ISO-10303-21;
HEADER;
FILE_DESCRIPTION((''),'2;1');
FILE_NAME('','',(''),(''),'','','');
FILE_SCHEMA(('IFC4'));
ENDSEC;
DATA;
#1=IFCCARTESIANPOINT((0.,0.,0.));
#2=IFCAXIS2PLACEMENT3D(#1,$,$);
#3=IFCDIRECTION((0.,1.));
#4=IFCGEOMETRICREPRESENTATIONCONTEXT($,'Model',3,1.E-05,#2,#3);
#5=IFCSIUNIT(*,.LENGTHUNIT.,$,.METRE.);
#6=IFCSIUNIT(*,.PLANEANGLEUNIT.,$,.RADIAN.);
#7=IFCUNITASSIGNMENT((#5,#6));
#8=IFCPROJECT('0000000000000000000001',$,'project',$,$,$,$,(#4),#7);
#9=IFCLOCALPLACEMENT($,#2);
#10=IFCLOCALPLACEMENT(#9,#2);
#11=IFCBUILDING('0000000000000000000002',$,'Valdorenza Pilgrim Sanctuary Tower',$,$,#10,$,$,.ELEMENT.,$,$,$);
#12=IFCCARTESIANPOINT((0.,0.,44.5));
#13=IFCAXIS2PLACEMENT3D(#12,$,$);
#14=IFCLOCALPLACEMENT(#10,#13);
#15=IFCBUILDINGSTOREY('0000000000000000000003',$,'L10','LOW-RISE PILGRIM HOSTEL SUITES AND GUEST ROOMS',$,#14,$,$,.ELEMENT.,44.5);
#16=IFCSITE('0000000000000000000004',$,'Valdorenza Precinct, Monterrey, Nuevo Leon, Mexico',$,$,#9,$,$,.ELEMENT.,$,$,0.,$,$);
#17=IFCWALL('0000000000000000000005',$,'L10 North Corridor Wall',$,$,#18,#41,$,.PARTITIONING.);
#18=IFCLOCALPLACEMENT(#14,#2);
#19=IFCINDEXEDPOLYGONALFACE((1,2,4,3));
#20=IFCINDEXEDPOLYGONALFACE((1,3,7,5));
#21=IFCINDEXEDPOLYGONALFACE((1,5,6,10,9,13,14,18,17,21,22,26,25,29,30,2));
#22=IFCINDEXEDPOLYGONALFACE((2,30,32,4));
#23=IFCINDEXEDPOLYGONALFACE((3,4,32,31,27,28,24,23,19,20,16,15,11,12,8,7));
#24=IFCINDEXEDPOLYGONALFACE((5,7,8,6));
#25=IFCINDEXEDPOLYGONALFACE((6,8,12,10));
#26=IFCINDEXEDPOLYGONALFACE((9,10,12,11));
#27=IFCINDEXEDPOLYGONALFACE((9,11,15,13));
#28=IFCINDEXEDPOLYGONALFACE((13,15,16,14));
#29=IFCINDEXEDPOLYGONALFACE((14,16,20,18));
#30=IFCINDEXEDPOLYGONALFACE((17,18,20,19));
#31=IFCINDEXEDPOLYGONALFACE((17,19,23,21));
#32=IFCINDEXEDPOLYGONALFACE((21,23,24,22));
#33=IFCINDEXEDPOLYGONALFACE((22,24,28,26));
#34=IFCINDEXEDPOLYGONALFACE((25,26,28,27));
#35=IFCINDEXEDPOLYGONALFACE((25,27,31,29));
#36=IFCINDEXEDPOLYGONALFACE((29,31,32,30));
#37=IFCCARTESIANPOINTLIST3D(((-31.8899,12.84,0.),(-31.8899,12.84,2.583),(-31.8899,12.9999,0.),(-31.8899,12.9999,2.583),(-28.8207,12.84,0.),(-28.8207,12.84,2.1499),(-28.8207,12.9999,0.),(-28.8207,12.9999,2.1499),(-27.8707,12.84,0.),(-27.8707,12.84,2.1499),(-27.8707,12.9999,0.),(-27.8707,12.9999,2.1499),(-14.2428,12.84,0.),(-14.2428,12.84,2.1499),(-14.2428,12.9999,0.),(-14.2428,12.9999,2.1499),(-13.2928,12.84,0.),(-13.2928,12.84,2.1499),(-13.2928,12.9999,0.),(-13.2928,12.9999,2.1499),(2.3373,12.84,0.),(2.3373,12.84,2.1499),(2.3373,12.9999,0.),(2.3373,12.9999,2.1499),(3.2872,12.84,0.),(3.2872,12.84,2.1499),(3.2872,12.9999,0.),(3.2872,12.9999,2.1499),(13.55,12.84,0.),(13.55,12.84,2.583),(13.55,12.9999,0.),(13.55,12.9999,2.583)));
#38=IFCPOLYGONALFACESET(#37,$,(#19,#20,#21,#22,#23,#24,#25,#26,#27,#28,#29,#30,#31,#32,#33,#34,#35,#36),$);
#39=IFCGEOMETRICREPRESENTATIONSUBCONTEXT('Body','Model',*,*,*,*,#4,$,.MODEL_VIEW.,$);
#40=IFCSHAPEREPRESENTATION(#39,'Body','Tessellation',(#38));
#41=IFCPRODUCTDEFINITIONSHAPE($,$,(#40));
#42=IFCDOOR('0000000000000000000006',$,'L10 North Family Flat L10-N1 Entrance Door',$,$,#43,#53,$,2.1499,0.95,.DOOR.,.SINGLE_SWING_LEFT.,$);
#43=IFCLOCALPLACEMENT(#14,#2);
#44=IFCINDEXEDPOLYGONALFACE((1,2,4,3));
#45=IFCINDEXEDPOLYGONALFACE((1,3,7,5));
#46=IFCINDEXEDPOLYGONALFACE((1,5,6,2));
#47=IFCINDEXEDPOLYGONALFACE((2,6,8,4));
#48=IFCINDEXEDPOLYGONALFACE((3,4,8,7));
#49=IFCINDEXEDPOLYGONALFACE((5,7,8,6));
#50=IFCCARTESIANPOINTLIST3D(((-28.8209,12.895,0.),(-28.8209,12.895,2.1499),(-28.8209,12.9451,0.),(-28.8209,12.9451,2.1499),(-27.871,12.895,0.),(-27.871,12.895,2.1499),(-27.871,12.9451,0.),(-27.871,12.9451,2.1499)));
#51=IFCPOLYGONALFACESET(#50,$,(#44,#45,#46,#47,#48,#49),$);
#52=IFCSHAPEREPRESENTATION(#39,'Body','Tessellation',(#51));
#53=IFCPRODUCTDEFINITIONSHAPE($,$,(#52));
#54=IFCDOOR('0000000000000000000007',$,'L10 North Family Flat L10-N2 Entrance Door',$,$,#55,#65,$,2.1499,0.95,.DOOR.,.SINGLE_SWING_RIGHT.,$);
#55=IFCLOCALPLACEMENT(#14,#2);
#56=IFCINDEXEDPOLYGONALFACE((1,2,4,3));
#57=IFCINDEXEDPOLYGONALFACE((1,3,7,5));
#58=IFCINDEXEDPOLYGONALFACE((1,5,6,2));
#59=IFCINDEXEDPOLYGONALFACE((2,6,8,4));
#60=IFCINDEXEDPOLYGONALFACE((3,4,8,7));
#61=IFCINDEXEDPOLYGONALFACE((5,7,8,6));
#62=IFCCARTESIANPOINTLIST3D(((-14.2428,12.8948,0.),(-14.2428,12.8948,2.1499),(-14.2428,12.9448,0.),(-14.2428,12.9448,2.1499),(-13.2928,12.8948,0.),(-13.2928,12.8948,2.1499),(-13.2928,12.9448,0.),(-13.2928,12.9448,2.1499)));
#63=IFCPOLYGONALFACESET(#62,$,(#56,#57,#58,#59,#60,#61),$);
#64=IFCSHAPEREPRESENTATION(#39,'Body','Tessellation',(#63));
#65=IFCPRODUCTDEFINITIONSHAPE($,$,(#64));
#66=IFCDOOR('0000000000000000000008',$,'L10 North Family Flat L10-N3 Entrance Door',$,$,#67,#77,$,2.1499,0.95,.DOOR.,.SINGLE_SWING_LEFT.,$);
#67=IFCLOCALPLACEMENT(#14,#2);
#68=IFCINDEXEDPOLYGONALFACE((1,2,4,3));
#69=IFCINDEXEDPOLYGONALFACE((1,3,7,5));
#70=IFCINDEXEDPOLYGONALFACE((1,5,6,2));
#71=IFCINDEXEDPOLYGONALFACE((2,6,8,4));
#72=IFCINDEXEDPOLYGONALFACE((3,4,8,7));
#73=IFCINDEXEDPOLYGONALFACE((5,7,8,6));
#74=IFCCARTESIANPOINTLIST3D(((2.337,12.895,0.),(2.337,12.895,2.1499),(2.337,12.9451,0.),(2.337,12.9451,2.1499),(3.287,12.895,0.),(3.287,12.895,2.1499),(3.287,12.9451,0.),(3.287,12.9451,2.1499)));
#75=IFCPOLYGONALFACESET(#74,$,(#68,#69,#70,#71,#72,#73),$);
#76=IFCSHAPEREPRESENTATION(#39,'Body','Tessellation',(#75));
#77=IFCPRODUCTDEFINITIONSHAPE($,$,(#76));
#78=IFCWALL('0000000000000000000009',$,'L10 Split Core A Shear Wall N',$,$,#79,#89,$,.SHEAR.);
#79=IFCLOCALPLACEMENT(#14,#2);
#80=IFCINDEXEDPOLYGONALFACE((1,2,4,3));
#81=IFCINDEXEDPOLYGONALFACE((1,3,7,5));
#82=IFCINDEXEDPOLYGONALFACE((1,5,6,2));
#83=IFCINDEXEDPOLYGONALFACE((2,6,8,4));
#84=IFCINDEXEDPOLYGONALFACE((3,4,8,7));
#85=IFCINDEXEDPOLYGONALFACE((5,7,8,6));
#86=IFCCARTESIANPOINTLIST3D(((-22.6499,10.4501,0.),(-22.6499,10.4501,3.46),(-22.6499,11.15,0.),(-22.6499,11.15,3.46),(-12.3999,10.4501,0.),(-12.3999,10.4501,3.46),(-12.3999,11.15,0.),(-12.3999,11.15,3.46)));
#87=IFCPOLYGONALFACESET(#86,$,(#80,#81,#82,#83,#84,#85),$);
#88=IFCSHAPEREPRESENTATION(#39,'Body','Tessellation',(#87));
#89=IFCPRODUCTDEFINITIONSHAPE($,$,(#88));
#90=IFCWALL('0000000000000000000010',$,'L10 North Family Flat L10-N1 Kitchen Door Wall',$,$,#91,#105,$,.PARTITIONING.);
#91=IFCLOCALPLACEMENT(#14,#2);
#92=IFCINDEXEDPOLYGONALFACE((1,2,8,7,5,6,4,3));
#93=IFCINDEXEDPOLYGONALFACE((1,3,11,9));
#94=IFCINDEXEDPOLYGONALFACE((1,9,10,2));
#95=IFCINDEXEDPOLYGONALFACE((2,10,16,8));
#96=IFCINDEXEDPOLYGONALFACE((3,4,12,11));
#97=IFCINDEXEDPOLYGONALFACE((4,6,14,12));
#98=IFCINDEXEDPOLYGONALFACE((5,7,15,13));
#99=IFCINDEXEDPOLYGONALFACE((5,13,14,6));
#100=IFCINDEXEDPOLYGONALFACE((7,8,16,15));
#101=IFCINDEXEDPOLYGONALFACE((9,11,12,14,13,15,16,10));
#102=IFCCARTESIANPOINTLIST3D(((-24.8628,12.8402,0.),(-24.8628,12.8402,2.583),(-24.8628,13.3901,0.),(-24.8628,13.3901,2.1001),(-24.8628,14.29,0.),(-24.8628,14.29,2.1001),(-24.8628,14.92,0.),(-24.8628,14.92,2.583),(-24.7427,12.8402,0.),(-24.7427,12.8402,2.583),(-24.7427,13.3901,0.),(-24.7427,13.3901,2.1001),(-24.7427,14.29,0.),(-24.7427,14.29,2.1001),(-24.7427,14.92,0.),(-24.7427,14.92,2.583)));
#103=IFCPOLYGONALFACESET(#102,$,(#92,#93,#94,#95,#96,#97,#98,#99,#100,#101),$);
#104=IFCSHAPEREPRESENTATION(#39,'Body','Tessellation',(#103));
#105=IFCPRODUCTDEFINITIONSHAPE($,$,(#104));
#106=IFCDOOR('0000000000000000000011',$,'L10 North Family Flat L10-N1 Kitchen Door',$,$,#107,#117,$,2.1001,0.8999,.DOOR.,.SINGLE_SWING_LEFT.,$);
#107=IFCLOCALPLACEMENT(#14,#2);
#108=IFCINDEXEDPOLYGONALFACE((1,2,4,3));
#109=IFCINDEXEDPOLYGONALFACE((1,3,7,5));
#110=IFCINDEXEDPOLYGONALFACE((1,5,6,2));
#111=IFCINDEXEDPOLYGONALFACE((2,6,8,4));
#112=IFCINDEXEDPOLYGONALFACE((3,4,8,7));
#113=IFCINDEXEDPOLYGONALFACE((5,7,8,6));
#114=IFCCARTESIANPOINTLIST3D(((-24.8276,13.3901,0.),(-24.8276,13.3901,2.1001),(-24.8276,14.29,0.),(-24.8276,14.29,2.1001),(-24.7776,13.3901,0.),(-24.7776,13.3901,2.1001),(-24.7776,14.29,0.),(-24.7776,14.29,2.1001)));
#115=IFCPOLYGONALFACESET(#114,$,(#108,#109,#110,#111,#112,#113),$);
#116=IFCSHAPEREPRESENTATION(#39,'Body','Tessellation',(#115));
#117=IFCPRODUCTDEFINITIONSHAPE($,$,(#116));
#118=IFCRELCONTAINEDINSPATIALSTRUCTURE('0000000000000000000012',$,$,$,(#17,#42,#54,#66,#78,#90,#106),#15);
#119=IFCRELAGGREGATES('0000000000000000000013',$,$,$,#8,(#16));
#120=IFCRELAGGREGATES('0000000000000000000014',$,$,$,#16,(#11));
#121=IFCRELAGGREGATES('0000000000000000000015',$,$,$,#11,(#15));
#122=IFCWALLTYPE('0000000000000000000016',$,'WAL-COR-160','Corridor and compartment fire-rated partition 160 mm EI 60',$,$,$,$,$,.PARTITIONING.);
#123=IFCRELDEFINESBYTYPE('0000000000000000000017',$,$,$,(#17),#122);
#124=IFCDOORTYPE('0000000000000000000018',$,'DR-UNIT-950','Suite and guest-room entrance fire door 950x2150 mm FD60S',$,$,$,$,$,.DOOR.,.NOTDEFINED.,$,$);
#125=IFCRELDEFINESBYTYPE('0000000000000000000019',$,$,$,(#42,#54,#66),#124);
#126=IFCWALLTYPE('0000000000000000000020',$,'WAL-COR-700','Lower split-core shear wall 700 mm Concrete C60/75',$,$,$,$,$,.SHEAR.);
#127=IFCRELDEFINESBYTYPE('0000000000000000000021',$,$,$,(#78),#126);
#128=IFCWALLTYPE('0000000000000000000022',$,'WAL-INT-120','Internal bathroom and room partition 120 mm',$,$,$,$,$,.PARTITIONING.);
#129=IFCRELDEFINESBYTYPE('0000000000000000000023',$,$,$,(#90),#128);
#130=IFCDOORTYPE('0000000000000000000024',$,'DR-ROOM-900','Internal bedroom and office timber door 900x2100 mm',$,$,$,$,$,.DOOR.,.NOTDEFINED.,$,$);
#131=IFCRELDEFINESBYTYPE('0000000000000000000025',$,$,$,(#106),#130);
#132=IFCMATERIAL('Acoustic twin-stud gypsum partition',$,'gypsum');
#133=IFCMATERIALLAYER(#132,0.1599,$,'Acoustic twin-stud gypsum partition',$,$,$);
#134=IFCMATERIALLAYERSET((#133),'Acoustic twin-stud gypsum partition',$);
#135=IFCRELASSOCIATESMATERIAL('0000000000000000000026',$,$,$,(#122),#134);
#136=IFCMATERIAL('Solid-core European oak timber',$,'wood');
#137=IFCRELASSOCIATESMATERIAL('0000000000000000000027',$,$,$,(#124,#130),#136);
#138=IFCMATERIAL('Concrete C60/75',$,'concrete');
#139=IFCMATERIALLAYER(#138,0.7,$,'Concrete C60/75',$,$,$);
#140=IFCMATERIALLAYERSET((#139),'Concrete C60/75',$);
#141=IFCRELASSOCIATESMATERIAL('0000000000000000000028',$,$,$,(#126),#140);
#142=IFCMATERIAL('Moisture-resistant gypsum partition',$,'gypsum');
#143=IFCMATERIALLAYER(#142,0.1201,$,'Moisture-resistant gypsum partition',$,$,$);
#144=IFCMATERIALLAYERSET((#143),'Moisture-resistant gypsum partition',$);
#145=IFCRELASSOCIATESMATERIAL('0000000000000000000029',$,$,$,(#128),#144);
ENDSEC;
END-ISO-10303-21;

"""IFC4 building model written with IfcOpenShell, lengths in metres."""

from ifc_helpers import new_model, si_unit, direction, frame, frame_2d, origin, place, context, subcontext, project, spatial, rectangle, extrude, material, layer, layer_set, type_object, element, fill, save


model = new_model("IFC4")

# Units and contexts
model_context = context("Model", 3, precision=1e-05, world=origin(), true_north=direction((0.0, 1.0)))
body_context = subcontext(model_context, "Body", "Model", "MODEL_VIEW")
ifc_project = project(units=[si_unit("LENGTHUNIT", "METRE"), si_unit("PLANEANGLEUNIT", "RADIAN")], contexts=[model_context])

# Site, building, storey
site_placement = place(None, origin())
site = spatial("IfcSite", under=ifc_project, at=site_placement, Name="Valdorenza Precinct, Monterrey, Nuevo Leon, Mexico", CompositionType="ELEMENT", RefElevation=0.0)
building_placement = place(site_placement, origin())
building = spatial("IfcBuilding", under=site, at=building_placement, Name="Valdorenza Pilgrim Sanctuary Tower", CompositionType="ELEMENT")
storey_placement = place(building_placement, frame((0.0, 0.0, 44.5)))
storey = spatial("IfcBuildingStorey", under=building, at=storey_placement, Name="L10", Description="LOW-RISE PILGRIM HOSTEL SUITES AND GUEST ROOMS", CompositionType="ELEMENT", Elevation=44.5)

# Shared definitions
ifc_material_1 = material(Name="Concrete C60/75", Category="concrete")

# Shared definitions
ifc_material_2 = material(Name="Acoustic twin-stud gypsum partition", Category="gypsum")
ifc_layer_1 = layer(ifc_material_2, 0.1599, Name="Acoustic twin-stud gypsum partition")
ifc_layer_set_1 = layer_set([ifc_layer_1], Name="Acoustic twin-stud gypsum partition")
wall_type_1 = type_object("IfcWallType", Name="WAL-COR-160", Description="Corridor and compartment fire-rated partition 160 mm EI 60", PredefinedType="PARTITIONING", material=ifc_layer_set_1)

# Wall, openings, doors
wall_1_placement = place(storey_placement, frame((-31.8899, 12.9199, 0.0), z_axis=(0.0, 0.0, 1.0), x_axis=(1.0, 0.0, 0.0)))
wall_1 = element("IfcWall", 1, at=wall_1_placement, inside=storey, type_object=wall_type_1, Name="L10 North Corridor Wall", PredefinedType="PARTITIONING", context=body_context, shape_type="SweptSolid", body=[
    extrude(rectangle(XDim=45.4399, YDim=0.1599, at=frame_2d((22.72, 0.0))), origin(), (0.0, 0.0, 1.0), 2.583),
])
opening_1_placement = place(wall_1_placement, frame((3.0691, 0.0, 0.0)))
opening_1 = element("IfcOpeningElement", 2, at=opening_1_placement, cuts=wall_1, PredefinedType="OPENING", context=body_context, shape_type="SweptSolid", body=[
    extrude(rectangle(XDim=0.95, YDim=2.1499, at=frame_2d((0.4751, 1.075))), frame((0.0, 0.0947, 0.0), z_axis=(0.0, -1.0, 0.0), x_axis=(1.0, 0.0, 0.0)), (0.0, 0.0, 1.0), 0.1897),
])
opening_2_placement = place(wall_1_placement, frame((17.647, 0.0, 0.0)))
opening_2 = element("IfcOpeningElement", 3, at=opening_2_placement, cuts=wall_1, PredefinedType="OPENING", context=body_context, shape_type="SweptSolid", body=[
    extrude(rectangle(XDim=0.95, YDim=2.1499, at=frame_2d((0.4751, 1.075))), frame((0.0, 0.0947, 0.0), z_axis=(0.0, -1.0, 0.0), x_axis=(1.0, 0.0, 0.0)), (0.0, 0.0, 1.0), 0.1897),
])
opening_3_placement = place(wall_1_placement, frame((34.2271, 0.0, 0.0)))
opening_3 = element("IfcOpeningElement", 4, at=opening_3_placement, cuts=wall_1, PredefinedType="OPENING", context=body_context, shape_type="SweptSolid", body=[
    extrude(rectangle(XDim=0.95, YDim=2.1499, at=frame_2d((0.4751, 1.075))), frame((0.0, 0.0947, 0.0), z_axis=(0.0, -1.0, 0.0), x_axis=(1.0, 0.0, 0.0)), (0.0, 0.0, 1.0), 0.1897),
])
ifc_material_3 = material(Name="Solid-core European oak timber", Category="wood")
door_type_1 = type_object("IfcDoorType", Name="DR-UNIT-950", Description="Suite and guest-room entrance fire door 950x2150 mm FD60S", OperationType="NOTDEFINED", PredefinedType="DOOR", material=ifc_material_3)
door_1_placement = place(opening_1_placement, frame((0.95, 0.0, 0.0), z_axis=(0.0, 0.0, 1.0), x_axis=(-1.0, 0.0, 0.0)))
door_1 = element("IfcDoor", 5, at=door_1_placement, inside=storey, type_object=door_type_1, Name="L10 North Family Flat L10-N1 Entrance Door", OperationType="SINGLE_SWING_LEFT", OverallHeight=2.1499, OverallWidth=0.95, PredefinedType="DOOR", context=body_context, shape_type="SweptSolid", body=[
    extrude(rectangle(XDim=0.95, YDim=2.1499, at=frame_2d((0.4751, 1.075))), frame((0.0, 0.0249, 0.0), z_axis=(0.0, -1.0, 0.0), x_axis=(1.0, 0.0, 0.0)), (0.0, 0.0, 1.0), 0.05),
])
fill(opening_1, door_1)
door_2_placement = place(opening_2_placement, origin())
door_2 = element("IfcDoor", 6, at=door_2_placement, inside=storey, type_object=door_type_1, Name="L10 North Family Flat L10-N2 Entrance Door", OperationType="SINGLE_SWING_RIGHT", OverallHeight=2.1499, OverallWidth=0.95, PredefinedType="DOOR", context=body_context, shape_type="SweptSolid", body=[
    extrude(rectangle(XDim=0.95, YDim=2.1499, at=frame_2d((0.4751, 1.075))), frame((0.0, 0.0249, 0.0), z_axis=(0.0, -1.0, 0.0), x_axis=(1.0, 0.0, 0.0)), (0.0, 0.0, 1.0), 0.05),
])
fill(opening_2, door_2)
door_3_placement = place(opening_3_placement, frame((0.95, 0.0, 0.0), z_axis=(0.0, 0.0, 1.0), x_axis=(-1.0, 0.0, 0.0)))
door_3 = element("IfcDoor", 7, at=door_3_placement, inside=storey, type_object=door_type_1, Name="L10 North Family Flat L10-N3 Entrance Door", OperationType="SINGLE_SWING_LEFT", OverallHeight=2.1499, OverallWidth=0.95, PredefinedType="DOOR", context=body_context, shape_type="SweptSolid", body=[
    extrude(rectangle(XDim=0.95, YDim=2.1499, at=frame_2d((0.4751, 1.075))), frame((0.0, 0.0249, 0.0), z_axis=(0.0, -1.0, 0.0), x_axis=(1.0, 0.0, 0.0)), (0.0, 0.0, 1.0), 0.05),
])
fill(opening_3, door_3)

# Wall
ifc_layer_2 = layer(ifc_material_1, 0.7, Name="Concrete C60/75")
ifc_layer_set_2 = layer_set([ifc_layer_2], Name="Concrete C60/75")
wall_type_2 = type_object("IfcWallType", Name="WAL-COR-700", Description="Lower split-core shear wall 700 mm Concrete C60/75", PredefinedType="SHEAR", material=ifc_layer_set_2)
wall_2_placement = place(storey_placement, frame((-22.6499, 10.8, 0.0), z_axis=(0.0, 0.0, 1.0), x_axis=(1.0, 0.0, 0.0)))
element("IfcWall", 8, at=wall_2_placement, inside=storey, type_object=wall_type_2, Name="L10 Split Core A Shear Wall N", PredefinedType="SHEAR", context=body_context, shape_type="SweptSolid", body=[
    extrude(rectangle(XDim=10.25, YDim=0.7, at=frame_2d((5.125, 0.0))), origin(), (0.0, 0.0, 1.0), 3.46),
])

# Wall, opening, door
ifc_material_4 = material(Name="Moisture-resistant gypsum partition", Category="gypsum")
ifc_layer_3 = layer(ifc_material_4, 0.1201, Name="Moisture-resistant gypsum partition")
ifc_layer_set_3 = layer_set([ifc_layer_3], Name="Moisture-resistant gypsum partition")
wall_type_3 = type_object("IfcWallType", Name="WAL-INT-120", Description="Internal bathroom and room partition 120 mm", PredefinedType="PARTITIONING", material=ifc_layer_set_3)
wall_3_placement = place(storey_placement, frame((-24.8027, 12.8401, 0.0), z_axis=(0.0, 0.0, 1.0), x_axis=(0.0, 1.0, 0.0)))
wall_3 = element("IfcWall", 9, at=wall_3_placement, inside=storey, type_object=wall_type_3, Name="L10 North Family Flat L10-N1 Kitchen Door Wall", PredefinedType="PARTITIONING", context=body_context, shape_type="SweptSolid", body=[
    extrude(rectangle(XDim=2.0798, YDim=0.1201, at=frame_2d((1.04, 0.0))), origin(), (0.0, 0.0, 1.0), 2.583),
])
opening_4_placement = place(wall_3_placement, frame((0.55, 0.0, 0.0)))
opening_4 = element("IfcOpeningElement", 10, at=opening_4_placement, cuts=wall_3, PredefinedType="OPENING", context=body_context, shape_type="SweptSolid", body=[
    extrude(rectangle(XDim=0.8999, YDim=2.1001, at=frame_2d((0.45, 1.05))), frame((0.0, 0.075, 0.0), z_axis=(0.0, -1.0, 0.0), x_axis=(1.0, 0.0, 0.0)), (0.0, 0.0, 1.0), 0.1499),
])
door_type_2 = type_object("IfcDoorType", Name="DR-ROOM-900", Description="Internal bedroom and office timber door 900x2100 mm", OperationType="NOTDEFINED", PredefinedType="DOOR", material=ifc_material_3)
door_4_placement = place(opening_4_placement, origin())
door_4 = element("IfcDoor", 11, at=door_4_placement, inside=storey, type_object=door_type_2, Name="L10 North Family Flat L10-N1 Kitchen Door", OperationType="SINGLE_SWING_LEFT", OverallHeight=2.1001, OverallWidth=0.8999, PredefinedType="DOOR", context=body_context, shape_type="SweptSolid", body=[
    extrude(rectangle(XDim=0.8999, YDim=2.1001, at=frame_2d((0.45, 1.05))), frame((0.0, 0.0249, 0.0), z_axis=(0.0, -1.0, 0.0), x_axis=(1.0, 0.0, 0.0)), (0.0, 0.0, 1.0), 0.05),
])
fill(opening_4, door_4)

save(model, "model.ifc")
